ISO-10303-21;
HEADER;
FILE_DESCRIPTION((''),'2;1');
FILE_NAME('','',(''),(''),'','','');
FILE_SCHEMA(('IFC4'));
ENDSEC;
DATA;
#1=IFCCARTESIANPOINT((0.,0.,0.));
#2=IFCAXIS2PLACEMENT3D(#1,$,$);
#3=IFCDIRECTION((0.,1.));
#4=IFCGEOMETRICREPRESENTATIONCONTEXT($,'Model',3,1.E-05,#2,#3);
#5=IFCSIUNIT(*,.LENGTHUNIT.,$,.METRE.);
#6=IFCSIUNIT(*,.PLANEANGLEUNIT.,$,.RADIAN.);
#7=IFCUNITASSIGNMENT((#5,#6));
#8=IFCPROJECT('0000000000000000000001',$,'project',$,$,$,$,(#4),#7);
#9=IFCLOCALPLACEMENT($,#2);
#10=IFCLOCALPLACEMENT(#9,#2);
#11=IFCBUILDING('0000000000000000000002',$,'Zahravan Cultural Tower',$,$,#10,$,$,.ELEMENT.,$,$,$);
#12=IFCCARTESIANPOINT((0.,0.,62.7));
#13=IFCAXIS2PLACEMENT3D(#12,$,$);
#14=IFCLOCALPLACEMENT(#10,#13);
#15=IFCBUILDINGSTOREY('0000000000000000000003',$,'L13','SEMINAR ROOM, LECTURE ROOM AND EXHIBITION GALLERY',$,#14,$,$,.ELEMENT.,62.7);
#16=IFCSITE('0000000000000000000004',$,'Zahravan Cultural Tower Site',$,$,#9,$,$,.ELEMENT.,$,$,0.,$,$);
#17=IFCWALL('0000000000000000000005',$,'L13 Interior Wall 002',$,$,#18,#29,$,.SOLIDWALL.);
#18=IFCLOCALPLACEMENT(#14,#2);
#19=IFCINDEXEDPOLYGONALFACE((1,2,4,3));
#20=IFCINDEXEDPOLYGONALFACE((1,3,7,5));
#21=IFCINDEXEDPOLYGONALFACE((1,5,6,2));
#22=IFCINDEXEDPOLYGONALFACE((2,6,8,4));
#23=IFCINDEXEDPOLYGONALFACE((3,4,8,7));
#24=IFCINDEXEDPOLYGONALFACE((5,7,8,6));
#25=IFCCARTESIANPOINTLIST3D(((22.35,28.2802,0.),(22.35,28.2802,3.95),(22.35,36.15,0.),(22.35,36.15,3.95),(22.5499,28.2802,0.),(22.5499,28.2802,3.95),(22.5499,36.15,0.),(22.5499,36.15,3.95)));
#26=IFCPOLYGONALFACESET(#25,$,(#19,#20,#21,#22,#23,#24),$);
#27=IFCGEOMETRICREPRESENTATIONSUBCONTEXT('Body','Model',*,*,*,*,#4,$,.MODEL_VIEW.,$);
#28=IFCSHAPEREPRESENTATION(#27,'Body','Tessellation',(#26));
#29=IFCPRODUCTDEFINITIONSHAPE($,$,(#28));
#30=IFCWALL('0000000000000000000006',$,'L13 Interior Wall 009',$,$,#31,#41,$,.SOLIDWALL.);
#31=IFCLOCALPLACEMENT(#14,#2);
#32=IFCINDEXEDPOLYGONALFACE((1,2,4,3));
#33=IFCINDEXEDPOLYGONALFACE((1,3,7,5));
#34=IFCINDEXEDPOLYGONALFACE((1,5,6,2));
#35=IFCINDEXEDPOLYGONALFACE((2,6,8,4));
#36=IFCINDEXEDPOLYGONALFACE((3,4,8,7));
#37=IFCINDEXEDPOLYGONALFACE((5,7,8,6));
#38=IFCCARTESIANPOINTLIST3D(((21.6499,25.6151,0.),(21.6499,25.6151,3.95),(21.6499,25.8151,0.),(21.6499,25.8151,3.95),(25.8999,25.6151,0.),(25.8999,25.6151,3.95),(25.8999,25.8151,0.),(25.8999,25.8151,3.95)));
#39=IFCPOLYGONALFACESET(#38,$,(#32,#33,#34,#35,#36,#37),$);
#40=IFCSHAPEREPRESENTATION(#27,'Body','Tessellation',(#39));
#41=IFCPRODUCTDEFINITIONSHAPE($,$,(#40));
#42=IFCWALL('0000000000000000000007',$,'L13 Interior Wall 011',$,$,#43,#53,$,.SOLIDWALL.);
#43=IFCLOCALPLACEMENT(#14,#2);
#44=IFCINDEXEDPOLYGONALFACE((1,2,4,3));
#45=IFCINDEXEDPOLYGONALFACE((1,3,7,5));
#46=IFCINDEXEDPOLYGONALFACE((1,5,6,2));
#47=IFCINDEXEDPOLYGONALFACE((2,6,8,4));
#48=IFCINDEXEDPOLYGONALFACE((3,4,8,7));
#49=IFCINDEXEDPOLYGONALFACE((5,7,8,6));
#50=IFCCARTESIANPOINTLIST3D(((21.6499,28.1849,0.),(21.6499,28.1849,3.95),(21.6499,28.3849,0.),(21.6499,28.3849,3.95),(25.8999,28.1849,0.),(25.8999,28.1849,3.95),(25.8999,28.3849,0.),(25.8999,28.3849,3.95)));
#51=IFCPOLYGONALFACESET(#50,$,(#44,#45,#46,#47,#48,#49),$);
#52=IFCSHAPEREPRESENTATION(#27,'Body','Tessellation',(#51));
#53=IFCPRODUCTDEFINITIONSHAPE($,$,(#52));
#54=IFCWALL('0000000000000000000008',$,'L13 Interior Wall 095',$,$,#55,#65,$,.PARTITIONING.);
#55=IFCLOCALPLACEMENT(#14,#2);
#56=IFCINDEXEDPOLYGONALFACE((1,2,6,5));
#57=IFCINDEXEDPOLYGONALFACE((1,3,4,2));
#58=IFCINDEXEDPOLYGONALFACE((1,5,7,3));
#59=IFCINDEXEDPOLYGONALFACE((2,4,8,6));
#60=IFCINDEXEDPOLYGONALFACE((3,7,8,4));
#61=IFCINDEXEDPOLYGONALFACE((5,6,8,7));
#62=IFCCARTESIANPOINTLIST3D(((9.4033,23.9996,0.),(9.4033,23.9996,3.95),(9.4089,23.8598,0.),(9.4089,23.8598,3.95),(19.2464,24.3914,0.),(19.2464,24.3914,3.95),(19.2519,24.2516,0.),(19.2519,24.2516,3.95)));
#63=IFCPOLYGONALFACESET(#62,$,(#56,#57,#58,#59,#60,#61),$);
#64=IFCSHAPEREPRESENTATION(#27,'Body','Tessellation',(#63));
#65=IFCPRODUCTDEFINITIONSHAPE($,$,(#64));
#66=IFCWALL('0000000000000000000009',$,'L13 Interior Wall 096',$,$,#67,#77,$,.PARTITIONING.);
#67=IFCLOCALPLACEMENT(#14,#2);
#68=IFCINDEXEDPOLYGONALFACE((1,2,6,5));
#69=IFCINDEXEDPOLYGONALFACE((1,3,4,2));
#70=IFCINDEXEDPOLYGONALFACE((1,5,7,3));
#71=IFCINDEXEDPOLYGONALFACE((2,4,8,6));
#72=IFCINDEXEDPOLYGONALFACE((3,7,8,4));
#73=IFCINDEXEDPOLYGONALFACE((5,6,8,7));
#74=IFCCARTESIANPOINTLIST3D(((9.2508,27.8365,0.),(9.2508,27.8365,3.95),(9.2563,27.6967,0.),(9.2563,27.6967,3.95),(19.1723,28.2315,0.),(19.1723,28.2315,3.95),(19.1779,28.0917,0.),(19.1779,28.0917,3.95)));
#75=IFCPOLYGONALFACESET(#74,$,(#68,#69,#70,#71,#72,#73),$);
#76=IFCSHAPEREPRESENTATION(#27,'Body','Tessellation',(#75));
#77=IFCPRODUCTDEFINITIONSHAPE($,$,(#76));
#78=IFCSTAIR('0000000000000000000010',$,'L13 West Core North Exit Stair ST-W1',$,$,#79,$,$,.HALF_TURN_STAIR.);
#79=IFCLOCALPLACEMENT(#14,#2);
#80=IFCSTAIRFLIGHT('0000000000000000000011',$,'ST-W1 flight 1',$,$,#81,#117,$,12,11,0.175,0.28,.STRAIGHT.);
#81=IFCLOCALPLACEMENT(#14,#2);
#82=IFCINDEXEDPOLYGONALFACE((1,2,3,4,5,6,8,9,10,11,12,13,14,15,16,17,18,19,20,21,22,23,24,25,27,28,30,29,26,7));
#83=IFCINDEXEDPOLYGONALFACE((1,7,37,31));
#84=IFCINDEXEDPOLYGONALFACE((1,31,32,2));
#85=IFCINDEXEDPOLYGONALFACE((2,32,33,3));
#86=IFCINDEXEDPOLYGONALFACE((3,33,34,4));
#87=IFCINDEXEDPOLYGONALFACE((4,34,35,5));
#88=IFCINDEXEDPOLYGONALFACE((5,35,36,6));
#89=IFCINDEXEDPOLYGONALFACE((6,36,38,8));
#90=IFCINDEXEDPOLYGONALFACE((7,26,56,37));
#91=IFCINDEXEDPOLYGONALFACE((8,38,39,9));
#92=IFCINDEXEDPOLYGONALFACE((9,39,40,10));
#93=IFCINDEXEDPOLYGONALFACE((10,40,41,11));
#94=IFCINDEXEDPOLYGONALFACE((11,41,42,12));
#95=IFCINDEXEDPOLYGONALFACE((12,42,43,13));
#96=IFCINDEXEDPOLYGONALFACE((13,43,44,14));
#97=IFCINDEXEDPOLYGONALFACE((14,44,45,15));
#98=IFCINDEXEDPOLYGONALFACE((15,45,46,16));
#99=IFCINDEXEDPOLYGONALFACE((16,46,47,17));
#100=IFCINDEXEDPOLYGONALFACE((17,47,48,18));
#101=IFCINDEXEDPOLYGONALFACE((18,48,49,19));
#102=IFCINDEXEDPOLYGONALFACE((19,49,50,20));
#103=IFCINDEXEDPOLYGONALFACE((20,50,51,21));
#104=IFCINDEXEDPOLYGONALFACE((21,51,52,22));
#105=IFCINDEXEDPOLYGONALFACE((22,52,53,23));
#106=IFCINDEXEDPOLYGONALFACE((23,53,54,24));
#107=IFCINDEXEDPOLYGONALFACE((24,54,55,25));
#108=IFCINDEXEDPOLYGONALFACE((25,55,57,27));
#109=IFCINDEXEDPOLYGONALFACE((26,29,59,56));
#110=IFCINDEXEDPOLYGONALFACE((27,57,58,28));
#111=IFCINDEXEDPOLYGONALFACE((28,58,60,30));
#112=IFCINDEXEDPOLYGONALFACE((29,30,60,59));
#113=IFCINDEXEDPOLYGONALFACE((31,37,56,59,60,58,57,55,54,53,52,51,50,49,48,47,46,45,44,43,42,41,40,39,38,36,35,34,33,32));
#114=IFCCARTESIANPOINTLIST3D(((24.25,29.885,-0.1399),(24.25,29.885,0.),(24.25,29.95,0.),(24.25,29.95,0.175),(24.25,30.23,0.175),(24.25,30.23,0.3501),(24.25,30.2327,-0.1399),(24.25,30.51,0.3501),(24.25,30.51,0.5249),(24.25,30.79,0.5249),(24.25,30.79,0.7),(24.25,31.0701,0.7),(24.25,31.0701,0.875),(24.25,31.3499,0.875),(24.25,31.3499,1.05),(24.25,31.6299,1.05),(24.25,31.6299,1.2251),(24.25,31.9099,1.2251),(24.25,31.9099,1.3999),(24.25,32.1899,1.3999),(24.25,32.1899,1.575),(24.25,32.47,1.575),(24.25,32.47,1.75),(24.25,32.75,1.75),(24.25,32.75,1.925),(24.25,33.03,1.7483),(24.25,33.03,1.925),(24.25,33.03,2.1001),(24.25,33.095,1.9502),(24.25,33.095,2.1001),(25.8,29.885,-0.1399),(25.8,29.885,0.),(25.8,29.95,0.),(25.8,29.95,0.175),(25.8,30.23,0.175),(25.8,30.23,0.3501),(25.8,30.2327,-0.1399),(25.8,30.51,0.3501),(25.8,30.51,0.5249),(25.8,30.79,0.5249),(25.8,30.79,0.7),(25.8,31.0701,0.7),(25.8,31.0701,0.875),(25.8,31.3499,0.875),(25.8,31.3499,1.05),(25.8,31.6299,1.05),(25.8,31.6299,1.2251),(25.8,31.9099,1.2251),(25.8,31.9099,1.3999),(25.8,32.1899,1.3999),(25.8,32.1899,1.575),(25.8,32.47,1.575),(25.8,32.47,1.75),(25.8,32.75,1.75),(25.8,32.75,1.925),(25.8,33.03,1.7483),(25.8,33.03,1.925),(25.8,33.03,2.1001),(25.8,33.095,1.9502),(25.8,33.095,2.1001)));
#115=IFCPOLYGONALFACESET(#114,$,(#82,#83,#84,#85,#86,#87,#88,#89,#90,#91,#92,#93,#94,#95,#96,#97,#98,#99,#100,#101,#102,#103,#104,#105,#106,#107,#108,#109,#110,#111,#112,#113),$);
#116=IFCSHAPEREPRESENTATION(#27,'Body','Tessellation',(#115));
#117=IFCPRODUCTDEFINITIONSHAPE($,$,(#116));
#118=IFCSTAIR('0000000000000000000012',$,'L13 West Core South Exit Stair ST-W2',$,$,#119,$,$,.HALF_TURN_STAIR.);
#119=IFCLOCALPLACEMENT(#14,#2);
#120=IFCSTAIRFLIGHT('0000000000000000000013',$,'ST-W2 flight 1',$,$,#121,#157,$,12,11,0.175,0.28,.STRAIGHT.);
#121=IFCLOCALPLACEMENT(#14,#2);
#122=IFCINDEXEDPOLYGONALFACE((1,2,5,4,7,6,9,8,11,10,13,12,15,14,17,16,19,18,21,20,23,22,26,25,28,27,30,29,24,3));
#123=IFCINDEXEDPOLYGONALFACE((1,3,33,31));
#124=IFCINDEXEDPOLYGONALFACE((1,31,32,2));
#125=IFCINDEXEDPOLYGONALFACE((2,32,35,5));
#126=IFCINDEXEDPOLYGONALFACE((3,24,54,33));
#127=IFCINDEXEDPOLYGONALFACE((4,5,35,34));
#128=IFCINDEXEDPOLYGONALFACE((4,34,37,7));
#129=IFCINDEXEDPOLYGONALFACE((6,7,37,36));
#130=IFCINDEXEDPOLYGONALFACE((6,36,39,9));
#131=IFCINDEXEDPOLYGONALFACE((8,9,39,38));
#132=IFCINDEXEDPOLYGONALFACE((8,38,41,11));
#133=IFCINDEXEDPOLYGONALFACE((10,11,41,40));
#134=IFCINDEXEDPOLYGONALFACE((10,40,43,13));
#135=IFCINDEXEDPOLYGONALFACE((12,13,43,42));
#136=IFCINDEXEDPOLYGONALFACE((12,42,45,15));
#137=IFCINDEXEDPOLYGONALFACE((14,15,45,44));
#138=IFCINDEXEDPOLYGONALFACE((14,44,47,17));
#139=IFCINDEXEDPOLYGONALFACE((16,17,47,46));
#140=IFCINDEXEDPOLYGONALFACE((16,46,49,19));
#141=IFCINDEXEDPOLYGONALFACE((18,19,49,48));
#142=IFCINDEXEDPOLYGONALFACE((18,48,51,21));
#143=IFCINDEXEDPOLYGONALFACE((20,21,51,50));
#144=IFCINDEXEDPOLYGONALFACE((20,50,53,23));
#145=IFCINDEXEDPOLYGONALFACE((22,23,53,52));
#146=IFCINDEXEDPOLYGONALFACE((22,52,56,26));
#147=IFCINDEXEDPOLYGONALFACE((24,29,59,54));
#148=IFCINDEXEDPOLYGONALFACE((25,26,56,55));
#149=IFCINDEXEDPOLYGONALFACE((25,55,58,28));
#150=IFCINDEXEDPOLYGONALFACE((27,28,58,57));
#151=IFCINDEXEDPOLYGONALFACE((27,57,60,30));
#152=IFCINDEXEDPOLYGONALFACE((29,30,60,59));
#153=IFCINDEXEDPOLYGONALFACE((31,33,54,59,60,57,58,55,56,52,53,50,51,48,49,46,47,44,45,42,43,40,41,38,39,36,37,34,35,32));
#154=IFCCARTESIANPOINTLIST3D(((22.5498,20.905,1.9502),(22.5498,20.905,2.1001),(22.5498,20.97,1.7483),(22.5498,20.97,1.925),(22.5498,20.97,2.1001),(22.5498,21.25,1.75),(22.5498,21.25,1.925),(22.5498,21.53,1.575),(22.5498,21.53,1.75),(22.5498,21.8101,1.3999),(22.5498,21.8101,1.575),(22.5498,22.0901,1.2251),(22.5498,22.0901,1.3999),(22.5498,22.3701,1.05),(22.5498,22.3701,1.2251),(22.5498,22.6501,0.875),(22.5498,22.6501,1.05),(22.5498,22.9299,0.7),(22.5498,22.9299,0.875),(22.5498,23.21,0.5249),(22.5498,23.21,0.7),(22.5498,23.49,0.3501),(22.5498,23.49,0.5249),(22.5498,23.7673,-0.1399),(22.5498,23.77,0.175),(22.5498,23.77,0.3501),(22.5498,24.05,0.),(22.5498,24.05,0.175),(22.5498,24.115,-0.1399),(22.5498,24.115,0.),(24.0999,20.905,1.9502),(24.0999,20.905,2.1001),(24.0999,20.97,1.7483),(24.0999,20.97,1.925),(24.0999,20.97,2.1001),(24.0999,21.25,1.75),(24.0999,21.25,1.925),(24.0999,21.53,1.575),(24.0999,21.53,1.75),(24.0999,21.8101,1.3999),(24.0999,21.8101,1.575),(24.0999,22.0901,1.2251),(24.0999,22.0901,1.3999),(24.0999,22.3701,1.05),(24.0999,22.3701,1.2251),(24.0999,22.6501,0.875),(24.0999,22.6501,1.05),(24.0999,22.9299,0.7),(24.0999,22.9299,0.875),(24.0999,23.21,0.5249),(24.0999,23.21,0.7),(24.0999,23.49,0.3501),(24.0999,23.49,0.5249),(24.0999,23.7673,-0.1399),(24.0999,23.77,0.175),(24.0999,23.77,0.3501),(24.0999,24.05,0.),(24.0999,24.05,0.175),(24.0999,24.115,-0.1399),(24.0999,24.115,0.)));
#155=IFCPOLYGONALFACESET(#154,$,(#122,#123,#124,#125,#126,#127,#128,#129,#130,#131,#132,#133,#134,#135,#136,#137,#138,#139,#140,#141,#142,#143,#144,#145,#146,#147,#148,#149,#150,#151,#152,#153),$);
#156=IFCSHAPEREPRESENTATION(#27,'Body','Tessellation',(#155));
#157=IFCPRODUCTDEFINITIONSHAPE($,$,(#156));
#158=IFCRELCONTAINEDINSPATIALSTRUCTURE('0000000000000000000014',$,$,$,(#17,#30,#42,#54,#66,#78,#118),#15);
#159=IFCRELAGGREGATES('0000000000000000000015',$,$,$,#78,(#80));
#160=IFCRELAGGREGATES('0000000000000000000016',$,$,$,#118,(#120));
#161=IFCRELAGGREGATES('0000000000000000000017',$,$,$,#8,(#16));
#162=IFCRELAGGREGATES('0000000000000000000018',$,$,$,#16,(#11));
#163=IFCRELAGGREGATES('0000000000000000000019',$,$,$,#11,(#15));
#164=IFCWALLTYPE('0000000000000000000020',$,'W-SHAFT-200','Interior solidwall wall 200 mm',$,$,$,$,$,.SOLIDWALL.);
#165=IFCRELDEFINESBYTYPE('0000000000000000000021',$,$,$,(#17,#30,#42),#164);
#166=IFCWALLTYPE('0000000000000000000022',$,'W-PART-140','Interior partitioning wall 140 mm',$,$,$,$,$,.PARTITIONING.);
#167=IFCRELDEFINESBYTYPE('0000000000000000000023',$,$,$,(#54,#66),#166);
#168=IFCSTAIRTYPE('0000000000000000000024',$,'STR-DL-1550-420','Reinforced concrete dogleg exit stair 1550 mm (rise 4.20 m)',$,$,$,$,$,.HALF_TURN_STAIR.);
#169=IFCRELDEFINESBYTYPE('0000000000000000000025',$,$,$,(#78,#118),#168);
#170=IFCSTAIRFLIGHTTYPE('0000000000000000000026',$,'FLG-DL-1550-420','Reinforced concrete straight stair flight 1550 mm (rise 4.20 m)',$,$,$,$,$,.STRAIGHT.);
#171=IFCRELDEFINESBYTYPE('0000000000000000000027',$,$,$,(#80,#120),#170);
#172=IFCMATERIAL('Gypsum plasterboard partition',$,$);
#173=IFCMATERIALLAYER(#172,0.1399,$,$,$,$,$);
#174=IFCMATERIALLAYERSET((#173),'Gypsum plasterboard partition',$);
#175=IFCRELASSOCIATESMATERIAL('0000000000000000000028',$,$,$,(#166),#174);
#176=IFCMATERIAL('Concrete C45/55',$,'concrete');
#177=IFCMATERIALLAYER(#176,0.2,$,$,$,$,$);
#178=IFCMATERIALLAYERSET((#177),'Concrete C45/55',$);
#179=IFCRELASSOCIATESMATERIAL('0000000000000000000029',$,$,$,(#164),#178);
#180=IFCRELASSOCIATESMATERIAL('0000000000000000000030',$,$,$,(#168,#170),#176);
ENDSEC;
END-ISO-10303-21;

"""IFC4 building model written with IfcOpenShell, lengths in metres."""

from ifc_helpers import new_model, si_unit, direction, frame, frame_2d, origin, place, context, subcontext, project, spatial, polyline, rectangle, outline, extrude, source, transform, mapped, material, layer, layer_set, type_object, element, aggregate, save


model = new_model("IFC4")

# Units and contexts
model_context = context("Model", 3, precision=1e-05, world=origin(), true_north=direction((0.0, 1.0)))
body_context = subcontext(model_context, "Body", "Model", "MODEL_VIEW")
ifc_project = project(units=[si_unit("LENGTHUNIT", "METRE"), si_unit("PLANEANGLEUNIT", "RADIAN")], contexts=[model_context])

# Site, building, storey
site_placement = place(None, origin())
site = spatial("IfcSite", under=ifc_project, at=site_placement, Name="Zahravan Cultural Tower Site", CompositionType="ELEMENT", RefElevation=0.0)
building_placement = place(site_placement, origin())
building = spatial("IfcBuilding", under=site, at=building_placement, Name="Zahravan Cultural Tower", CompositionType="ELEMENT")
storey_placement = place(building_placement, frame((0.0, 0.0, 62.7)))
storey = spatial("IfcBuildingStorey", under=building, at=storey_placement, Name="L13", Description="SEMINAR ROOM, LECTURE ROOM AND EXHIBITION GALLERY", CompositionType="ELEMENT", Elevation=62.7)

# Shared definitions
ifc_material_1 = material(Name="Gypsum plasterboard partition")
ifc_layer_1 = layer(ifc_material_1, 0.1399)
ifc_layer_set_1 = layer_set([ifc_layer_1], Name="Gypsum plasterboard partition")
wall_type_1 = type_object("IfcWallType", Name="W-PART-140", Description="Interior partitioning wall 140 mm", PredefinedType="PARTITIONING", material=ifc_layer_set_1)

# Walls
ifc_material_2 = material(Name="Concrete C45/55", Category="concrete")
ifc_layer_2 = layer(ifc_material_2, 0.2)
ifc_layer_set_2 = layer_set([ifc_layer_2], Name="Concrete C45/55")
wall_type_2 = type_object("IfcWallType", Name="W-SHAFT-200", Description="Interior solidwall wall 200 mm", PredefinedType="SOLIDWALL", material=ifc_layer_set_2)
shared_shape_1 = source(origin(), body_context, "Body", "SweptSolid", [
    extrude(rectangle(XDim=7.8699, YDim=0.2, at=frame_2d((3.9351, 0.0))), origin(), (0.0, 0.0, 1.0), 3.95),
])
wall_1_placement = place(storey_placement, frame((22.45, 28.28, 0.0), z_axis=(0.0, 0.0, 1.0), x_axis=(0.0, 1.0, 0.0)))
element("IfcWall", 1, at=wall_1_placement, inside=storey, type_object=wall_type_2, Name="L13 Interior Wall 002", PredefinedType="SOLIDWALL", context=body_context, shape_type="MappedRepresentation", body=[
    mapped(shared_shape_1, transform((0.0, 0.0, 0.0), x_axis=(1.0, 0.0, 0.0), y_axis=(0.0, 1.0, 0.0), z_axis=(0.0, 0.0, 1.0), scale=1.0)),
])
shared_shape_2 = source(origin(), body_context, "Body", "SweptSolid", [
    extrude(rectangle(XDim=4.25, YDim=0.2, at=frame_2d((2.125, 0.0))), origin(), (0.0, 0.0, 1.0), 3.95),
])
for number, where, z_axis, x_axis, name in (
    (2, (21.6499, 25.7151, 0.0), (0.0, 0.0, 1.0), (1.0, 0.0, 0.0), "L13 Interior Wall 009"),
    (3, (21.6499, 28.2849, 0.0), (0.0, 0.0, 1.0), (1.0, 0.0, 0.0), "L13 Interior Wall 011"),
):
    element("IfcWall", number, at=place(storey_placement, frame(where, z_axis=z_axis, x_axis=x_axis)), inside=storey, type_object=wall_type_2, Name=name, PredefinedType="SOLIDWALL", context=body_context, shape_type="MappedRepresentation", body=[
        mapped(shared_shape_2, transform((0.0, 0.0, 0.0), x_axis=(1.0, 0.0, 0.0), y_axis=(0.0, 1.0, 0.0), z_axis=(0.0, 0.0, 1.0), scale=1.0)),
    ])
shared_shape_3 = source(origin(), body_context, "Body", "SweptSolid", [
    extrude(rectangle(XDim=9.8508, YDim=0.1399, at=frame_2d((4.9253, 0.0))), origin(), (0.0, 0.0, 1.0), 3.95),
])
wall_2_placement = place(storey_placement, frame((19.249, 24.3215, 0.0), z_axis=(0.0, 0.0, 1.0), x_axis=(-0.999209, -0.039778, 0.0)))
element("IfcWall", 4, at=wall_2_placement, inside=storey, type_object=wall_type_1, Name="L13 Interior Wall 095", PredefinedType="PARTITIONING", context=body_context, shape_type="MappedRepresentation", body=[
    mapped(shared_shape_3, transform((0.0, 0.0, 0.0), x_axis=(1.0, 0.0, 0.0), y_axis=(0.0, 1.0, 0.0), z_axis=(0.0, 0.0, 1.0), scale=1.0)),
])
shared_shape_4 = source(origin(), body_context, "Body", "SweptSolid", [
    extrude(rectangle(XDim=9.9294, YDim=0.1399, at=frame_2d((4.9648, 0.0))), origin(), (0.0, 0.0, 1.0), 3.95),
])
wall_3_placement = place(storey_placement, frame((9.2534, 27.7666, 0.0), z_axis=(0.0, 0.0, 1.0), x_axis=(0.999208, 0.039782, 0.0)))
element("IfcWall", 5, at=wall_3_placement, inside=storey, type_object=wall_type_1, Name="L13 Interior Wall 096", PredefinedType="PARTITIONING", context=body_context, shape_type="MappedRepresentation", body=[
    mapped(shared_shape_4, transform((0.0, 0.0, 0.0), x_axis=(1.0, 0.0, 0.0), y_axis=(0.0, 1.0, 0.0), z_axis=(0.0, 0.0, 1.0), scale=1.0)),
])

# Stairs, stair flights
stair_type = type_object("IfcStairType", Name="STR-DL-1550-420", Description="Reinforced concrete dogleg exit stair 1550 mm (rise 4.20 m)", PredefinedType="HALF_TURN_STAIR", material=ifc_material_2)
stair_1_placement = place(storey_placement, origin())
stair_1 = element("IfcStair", 6, at=stair_1_placement, inside=storey, type_object=stair_type, Name="L13 West Core North Exit Stair ST-W1", PredefinedType="HALF_TURN_STAIR")
stair_flight_type = type_object("IfcStairFlightType", Name="FLG-DL-1550-420", Description="Reinforced concrete straight stair flight 1550 mm (rise 4.20 m)", PredefinedType="STRAIGHT", material=ifc_material_2)
stair_flight_1_placement = place(storey_placement, frame((25.0249, 29.95, 0.0), z_axis=(0.0, 0.0, 1.0), x_axis=(0.0, 1.0, 0.0)))
stair_flight_1 = element("IfcStairFlight", 7, at=stair_flight_1_placement, type_object=stair_flight_type, Name="ST-W1 flight 1", NumberOfRisers=12, NumberOfTreads=11, PredefinedType="STRAIGHT", RiserHeight=0.175, TreadLength=0.28, context=body_context, shape_type="SweptSolid", body=[
    extrude(outline(polyline([(-0.0649, -0.1399), (-0.0649, 0.0), (0.0, 0.0), (0.0, 0.175), (0.28, 0.175), (0.28, 0.3501), (0.5601, 0.3501), (0.5601, 0.5249), (0.8401, 0.5249), (0.8401, 0.7), (1.1201, 0.7), (1.1201, 0.875), (1.3999, 0.875), (1.3999, 1.05), (1.6799, 1.05), (1.6799, 1.2251), (1.96, 1.2251), (1.96, 1.3999), (2.24, 1.3999), (2.24, 1.575), (2.52, 1.575), (2.52, 1.75), (2.8, 1.75), (2.8, 1.925), (3.0801, 1.925), (3.0801, 2.1001), (3.145, 2.1001), (3.145, 1.9502), (3.0801, 1.7483), (0.2827, -0.1399), (-0.0649, -0.1399)])), frame((0.0, 0.7749, 0.0), z_axis=(0.0, -1.0, 0.0), x_axis=(1.0, 0.0, 0.0)), (0.0, 0.0, 1.0), 1.55),
])
aggregate(stair_1, [stair_flight_1])
stair_2_placement = place(storey_placement, origin())
stair_2 = element("IfcStair", 8, at=stair_2_placement, inside=storey, type_object=stair_type, Name="L13 West Core South Exit Stair ST-W2", PredefinedType="HALF_TURN_STAIR")
stair_flight_2_placement = place(storey_placement, frame((23.325, 24.05, 0.0), z_axis=(0.0, 0.0, 1.0), x_axis=(0.0, -1.0, 0.0)))
stair_flight_2 = element("IfcStairFlight", 9, at=stair_flight_2_placement, type_object=stair_flight_type, Name="ST-W2 flight 1", NumberOfRisers=12, NumberOfTreads=11, PredefinedType="STRAIGHT", RiserHeight=0.175, TreadLength=0.28, context=body_context, shape_type="SweptSolid", body=[
    extrude(outline(polyline([(-0.0649, -0.1399), (-0.0649, 0.0), (0.0, 0.0), (0.0, 0.175), (0.28, 0.175), (0.28, 0.3501), (0.5601, 0.3501), (0.5601, 0.5249), (0.8401, 0.5249), (0.8401, 0.7), (1.1201, 0.7), (1.1201, 0.875), (1.3999, 0.875), (1.3999, 1.05), (1.6799, 1.05), (1.6799, 1.2251), (1.96, 1.2251), (1.96, 1.3999), (2.24, 1.3999), (2.24, 1.575), (2.52, 1.575), (2.52, 1.75), (2.8, 1.75), (2.8, 1.925), (3.0801, 1.925), (3.0801, 2.1001), (3.145, 2.1001), (3.145, 1.9502), (3.0801, 1.7483), (0.2827, -0.1399), (-0.0649, -0.1399)])), frame((0.0, 0.7749, 0.0), z_axis=(0.0, -1.0, 0.0), x_axis=(1.0, 0.0, 0.0)), (0.0, 0.0, 1.0), 1.55),
])
aggregate(stair_2, [stair_flight_2])

save(model, "model.ifc")
